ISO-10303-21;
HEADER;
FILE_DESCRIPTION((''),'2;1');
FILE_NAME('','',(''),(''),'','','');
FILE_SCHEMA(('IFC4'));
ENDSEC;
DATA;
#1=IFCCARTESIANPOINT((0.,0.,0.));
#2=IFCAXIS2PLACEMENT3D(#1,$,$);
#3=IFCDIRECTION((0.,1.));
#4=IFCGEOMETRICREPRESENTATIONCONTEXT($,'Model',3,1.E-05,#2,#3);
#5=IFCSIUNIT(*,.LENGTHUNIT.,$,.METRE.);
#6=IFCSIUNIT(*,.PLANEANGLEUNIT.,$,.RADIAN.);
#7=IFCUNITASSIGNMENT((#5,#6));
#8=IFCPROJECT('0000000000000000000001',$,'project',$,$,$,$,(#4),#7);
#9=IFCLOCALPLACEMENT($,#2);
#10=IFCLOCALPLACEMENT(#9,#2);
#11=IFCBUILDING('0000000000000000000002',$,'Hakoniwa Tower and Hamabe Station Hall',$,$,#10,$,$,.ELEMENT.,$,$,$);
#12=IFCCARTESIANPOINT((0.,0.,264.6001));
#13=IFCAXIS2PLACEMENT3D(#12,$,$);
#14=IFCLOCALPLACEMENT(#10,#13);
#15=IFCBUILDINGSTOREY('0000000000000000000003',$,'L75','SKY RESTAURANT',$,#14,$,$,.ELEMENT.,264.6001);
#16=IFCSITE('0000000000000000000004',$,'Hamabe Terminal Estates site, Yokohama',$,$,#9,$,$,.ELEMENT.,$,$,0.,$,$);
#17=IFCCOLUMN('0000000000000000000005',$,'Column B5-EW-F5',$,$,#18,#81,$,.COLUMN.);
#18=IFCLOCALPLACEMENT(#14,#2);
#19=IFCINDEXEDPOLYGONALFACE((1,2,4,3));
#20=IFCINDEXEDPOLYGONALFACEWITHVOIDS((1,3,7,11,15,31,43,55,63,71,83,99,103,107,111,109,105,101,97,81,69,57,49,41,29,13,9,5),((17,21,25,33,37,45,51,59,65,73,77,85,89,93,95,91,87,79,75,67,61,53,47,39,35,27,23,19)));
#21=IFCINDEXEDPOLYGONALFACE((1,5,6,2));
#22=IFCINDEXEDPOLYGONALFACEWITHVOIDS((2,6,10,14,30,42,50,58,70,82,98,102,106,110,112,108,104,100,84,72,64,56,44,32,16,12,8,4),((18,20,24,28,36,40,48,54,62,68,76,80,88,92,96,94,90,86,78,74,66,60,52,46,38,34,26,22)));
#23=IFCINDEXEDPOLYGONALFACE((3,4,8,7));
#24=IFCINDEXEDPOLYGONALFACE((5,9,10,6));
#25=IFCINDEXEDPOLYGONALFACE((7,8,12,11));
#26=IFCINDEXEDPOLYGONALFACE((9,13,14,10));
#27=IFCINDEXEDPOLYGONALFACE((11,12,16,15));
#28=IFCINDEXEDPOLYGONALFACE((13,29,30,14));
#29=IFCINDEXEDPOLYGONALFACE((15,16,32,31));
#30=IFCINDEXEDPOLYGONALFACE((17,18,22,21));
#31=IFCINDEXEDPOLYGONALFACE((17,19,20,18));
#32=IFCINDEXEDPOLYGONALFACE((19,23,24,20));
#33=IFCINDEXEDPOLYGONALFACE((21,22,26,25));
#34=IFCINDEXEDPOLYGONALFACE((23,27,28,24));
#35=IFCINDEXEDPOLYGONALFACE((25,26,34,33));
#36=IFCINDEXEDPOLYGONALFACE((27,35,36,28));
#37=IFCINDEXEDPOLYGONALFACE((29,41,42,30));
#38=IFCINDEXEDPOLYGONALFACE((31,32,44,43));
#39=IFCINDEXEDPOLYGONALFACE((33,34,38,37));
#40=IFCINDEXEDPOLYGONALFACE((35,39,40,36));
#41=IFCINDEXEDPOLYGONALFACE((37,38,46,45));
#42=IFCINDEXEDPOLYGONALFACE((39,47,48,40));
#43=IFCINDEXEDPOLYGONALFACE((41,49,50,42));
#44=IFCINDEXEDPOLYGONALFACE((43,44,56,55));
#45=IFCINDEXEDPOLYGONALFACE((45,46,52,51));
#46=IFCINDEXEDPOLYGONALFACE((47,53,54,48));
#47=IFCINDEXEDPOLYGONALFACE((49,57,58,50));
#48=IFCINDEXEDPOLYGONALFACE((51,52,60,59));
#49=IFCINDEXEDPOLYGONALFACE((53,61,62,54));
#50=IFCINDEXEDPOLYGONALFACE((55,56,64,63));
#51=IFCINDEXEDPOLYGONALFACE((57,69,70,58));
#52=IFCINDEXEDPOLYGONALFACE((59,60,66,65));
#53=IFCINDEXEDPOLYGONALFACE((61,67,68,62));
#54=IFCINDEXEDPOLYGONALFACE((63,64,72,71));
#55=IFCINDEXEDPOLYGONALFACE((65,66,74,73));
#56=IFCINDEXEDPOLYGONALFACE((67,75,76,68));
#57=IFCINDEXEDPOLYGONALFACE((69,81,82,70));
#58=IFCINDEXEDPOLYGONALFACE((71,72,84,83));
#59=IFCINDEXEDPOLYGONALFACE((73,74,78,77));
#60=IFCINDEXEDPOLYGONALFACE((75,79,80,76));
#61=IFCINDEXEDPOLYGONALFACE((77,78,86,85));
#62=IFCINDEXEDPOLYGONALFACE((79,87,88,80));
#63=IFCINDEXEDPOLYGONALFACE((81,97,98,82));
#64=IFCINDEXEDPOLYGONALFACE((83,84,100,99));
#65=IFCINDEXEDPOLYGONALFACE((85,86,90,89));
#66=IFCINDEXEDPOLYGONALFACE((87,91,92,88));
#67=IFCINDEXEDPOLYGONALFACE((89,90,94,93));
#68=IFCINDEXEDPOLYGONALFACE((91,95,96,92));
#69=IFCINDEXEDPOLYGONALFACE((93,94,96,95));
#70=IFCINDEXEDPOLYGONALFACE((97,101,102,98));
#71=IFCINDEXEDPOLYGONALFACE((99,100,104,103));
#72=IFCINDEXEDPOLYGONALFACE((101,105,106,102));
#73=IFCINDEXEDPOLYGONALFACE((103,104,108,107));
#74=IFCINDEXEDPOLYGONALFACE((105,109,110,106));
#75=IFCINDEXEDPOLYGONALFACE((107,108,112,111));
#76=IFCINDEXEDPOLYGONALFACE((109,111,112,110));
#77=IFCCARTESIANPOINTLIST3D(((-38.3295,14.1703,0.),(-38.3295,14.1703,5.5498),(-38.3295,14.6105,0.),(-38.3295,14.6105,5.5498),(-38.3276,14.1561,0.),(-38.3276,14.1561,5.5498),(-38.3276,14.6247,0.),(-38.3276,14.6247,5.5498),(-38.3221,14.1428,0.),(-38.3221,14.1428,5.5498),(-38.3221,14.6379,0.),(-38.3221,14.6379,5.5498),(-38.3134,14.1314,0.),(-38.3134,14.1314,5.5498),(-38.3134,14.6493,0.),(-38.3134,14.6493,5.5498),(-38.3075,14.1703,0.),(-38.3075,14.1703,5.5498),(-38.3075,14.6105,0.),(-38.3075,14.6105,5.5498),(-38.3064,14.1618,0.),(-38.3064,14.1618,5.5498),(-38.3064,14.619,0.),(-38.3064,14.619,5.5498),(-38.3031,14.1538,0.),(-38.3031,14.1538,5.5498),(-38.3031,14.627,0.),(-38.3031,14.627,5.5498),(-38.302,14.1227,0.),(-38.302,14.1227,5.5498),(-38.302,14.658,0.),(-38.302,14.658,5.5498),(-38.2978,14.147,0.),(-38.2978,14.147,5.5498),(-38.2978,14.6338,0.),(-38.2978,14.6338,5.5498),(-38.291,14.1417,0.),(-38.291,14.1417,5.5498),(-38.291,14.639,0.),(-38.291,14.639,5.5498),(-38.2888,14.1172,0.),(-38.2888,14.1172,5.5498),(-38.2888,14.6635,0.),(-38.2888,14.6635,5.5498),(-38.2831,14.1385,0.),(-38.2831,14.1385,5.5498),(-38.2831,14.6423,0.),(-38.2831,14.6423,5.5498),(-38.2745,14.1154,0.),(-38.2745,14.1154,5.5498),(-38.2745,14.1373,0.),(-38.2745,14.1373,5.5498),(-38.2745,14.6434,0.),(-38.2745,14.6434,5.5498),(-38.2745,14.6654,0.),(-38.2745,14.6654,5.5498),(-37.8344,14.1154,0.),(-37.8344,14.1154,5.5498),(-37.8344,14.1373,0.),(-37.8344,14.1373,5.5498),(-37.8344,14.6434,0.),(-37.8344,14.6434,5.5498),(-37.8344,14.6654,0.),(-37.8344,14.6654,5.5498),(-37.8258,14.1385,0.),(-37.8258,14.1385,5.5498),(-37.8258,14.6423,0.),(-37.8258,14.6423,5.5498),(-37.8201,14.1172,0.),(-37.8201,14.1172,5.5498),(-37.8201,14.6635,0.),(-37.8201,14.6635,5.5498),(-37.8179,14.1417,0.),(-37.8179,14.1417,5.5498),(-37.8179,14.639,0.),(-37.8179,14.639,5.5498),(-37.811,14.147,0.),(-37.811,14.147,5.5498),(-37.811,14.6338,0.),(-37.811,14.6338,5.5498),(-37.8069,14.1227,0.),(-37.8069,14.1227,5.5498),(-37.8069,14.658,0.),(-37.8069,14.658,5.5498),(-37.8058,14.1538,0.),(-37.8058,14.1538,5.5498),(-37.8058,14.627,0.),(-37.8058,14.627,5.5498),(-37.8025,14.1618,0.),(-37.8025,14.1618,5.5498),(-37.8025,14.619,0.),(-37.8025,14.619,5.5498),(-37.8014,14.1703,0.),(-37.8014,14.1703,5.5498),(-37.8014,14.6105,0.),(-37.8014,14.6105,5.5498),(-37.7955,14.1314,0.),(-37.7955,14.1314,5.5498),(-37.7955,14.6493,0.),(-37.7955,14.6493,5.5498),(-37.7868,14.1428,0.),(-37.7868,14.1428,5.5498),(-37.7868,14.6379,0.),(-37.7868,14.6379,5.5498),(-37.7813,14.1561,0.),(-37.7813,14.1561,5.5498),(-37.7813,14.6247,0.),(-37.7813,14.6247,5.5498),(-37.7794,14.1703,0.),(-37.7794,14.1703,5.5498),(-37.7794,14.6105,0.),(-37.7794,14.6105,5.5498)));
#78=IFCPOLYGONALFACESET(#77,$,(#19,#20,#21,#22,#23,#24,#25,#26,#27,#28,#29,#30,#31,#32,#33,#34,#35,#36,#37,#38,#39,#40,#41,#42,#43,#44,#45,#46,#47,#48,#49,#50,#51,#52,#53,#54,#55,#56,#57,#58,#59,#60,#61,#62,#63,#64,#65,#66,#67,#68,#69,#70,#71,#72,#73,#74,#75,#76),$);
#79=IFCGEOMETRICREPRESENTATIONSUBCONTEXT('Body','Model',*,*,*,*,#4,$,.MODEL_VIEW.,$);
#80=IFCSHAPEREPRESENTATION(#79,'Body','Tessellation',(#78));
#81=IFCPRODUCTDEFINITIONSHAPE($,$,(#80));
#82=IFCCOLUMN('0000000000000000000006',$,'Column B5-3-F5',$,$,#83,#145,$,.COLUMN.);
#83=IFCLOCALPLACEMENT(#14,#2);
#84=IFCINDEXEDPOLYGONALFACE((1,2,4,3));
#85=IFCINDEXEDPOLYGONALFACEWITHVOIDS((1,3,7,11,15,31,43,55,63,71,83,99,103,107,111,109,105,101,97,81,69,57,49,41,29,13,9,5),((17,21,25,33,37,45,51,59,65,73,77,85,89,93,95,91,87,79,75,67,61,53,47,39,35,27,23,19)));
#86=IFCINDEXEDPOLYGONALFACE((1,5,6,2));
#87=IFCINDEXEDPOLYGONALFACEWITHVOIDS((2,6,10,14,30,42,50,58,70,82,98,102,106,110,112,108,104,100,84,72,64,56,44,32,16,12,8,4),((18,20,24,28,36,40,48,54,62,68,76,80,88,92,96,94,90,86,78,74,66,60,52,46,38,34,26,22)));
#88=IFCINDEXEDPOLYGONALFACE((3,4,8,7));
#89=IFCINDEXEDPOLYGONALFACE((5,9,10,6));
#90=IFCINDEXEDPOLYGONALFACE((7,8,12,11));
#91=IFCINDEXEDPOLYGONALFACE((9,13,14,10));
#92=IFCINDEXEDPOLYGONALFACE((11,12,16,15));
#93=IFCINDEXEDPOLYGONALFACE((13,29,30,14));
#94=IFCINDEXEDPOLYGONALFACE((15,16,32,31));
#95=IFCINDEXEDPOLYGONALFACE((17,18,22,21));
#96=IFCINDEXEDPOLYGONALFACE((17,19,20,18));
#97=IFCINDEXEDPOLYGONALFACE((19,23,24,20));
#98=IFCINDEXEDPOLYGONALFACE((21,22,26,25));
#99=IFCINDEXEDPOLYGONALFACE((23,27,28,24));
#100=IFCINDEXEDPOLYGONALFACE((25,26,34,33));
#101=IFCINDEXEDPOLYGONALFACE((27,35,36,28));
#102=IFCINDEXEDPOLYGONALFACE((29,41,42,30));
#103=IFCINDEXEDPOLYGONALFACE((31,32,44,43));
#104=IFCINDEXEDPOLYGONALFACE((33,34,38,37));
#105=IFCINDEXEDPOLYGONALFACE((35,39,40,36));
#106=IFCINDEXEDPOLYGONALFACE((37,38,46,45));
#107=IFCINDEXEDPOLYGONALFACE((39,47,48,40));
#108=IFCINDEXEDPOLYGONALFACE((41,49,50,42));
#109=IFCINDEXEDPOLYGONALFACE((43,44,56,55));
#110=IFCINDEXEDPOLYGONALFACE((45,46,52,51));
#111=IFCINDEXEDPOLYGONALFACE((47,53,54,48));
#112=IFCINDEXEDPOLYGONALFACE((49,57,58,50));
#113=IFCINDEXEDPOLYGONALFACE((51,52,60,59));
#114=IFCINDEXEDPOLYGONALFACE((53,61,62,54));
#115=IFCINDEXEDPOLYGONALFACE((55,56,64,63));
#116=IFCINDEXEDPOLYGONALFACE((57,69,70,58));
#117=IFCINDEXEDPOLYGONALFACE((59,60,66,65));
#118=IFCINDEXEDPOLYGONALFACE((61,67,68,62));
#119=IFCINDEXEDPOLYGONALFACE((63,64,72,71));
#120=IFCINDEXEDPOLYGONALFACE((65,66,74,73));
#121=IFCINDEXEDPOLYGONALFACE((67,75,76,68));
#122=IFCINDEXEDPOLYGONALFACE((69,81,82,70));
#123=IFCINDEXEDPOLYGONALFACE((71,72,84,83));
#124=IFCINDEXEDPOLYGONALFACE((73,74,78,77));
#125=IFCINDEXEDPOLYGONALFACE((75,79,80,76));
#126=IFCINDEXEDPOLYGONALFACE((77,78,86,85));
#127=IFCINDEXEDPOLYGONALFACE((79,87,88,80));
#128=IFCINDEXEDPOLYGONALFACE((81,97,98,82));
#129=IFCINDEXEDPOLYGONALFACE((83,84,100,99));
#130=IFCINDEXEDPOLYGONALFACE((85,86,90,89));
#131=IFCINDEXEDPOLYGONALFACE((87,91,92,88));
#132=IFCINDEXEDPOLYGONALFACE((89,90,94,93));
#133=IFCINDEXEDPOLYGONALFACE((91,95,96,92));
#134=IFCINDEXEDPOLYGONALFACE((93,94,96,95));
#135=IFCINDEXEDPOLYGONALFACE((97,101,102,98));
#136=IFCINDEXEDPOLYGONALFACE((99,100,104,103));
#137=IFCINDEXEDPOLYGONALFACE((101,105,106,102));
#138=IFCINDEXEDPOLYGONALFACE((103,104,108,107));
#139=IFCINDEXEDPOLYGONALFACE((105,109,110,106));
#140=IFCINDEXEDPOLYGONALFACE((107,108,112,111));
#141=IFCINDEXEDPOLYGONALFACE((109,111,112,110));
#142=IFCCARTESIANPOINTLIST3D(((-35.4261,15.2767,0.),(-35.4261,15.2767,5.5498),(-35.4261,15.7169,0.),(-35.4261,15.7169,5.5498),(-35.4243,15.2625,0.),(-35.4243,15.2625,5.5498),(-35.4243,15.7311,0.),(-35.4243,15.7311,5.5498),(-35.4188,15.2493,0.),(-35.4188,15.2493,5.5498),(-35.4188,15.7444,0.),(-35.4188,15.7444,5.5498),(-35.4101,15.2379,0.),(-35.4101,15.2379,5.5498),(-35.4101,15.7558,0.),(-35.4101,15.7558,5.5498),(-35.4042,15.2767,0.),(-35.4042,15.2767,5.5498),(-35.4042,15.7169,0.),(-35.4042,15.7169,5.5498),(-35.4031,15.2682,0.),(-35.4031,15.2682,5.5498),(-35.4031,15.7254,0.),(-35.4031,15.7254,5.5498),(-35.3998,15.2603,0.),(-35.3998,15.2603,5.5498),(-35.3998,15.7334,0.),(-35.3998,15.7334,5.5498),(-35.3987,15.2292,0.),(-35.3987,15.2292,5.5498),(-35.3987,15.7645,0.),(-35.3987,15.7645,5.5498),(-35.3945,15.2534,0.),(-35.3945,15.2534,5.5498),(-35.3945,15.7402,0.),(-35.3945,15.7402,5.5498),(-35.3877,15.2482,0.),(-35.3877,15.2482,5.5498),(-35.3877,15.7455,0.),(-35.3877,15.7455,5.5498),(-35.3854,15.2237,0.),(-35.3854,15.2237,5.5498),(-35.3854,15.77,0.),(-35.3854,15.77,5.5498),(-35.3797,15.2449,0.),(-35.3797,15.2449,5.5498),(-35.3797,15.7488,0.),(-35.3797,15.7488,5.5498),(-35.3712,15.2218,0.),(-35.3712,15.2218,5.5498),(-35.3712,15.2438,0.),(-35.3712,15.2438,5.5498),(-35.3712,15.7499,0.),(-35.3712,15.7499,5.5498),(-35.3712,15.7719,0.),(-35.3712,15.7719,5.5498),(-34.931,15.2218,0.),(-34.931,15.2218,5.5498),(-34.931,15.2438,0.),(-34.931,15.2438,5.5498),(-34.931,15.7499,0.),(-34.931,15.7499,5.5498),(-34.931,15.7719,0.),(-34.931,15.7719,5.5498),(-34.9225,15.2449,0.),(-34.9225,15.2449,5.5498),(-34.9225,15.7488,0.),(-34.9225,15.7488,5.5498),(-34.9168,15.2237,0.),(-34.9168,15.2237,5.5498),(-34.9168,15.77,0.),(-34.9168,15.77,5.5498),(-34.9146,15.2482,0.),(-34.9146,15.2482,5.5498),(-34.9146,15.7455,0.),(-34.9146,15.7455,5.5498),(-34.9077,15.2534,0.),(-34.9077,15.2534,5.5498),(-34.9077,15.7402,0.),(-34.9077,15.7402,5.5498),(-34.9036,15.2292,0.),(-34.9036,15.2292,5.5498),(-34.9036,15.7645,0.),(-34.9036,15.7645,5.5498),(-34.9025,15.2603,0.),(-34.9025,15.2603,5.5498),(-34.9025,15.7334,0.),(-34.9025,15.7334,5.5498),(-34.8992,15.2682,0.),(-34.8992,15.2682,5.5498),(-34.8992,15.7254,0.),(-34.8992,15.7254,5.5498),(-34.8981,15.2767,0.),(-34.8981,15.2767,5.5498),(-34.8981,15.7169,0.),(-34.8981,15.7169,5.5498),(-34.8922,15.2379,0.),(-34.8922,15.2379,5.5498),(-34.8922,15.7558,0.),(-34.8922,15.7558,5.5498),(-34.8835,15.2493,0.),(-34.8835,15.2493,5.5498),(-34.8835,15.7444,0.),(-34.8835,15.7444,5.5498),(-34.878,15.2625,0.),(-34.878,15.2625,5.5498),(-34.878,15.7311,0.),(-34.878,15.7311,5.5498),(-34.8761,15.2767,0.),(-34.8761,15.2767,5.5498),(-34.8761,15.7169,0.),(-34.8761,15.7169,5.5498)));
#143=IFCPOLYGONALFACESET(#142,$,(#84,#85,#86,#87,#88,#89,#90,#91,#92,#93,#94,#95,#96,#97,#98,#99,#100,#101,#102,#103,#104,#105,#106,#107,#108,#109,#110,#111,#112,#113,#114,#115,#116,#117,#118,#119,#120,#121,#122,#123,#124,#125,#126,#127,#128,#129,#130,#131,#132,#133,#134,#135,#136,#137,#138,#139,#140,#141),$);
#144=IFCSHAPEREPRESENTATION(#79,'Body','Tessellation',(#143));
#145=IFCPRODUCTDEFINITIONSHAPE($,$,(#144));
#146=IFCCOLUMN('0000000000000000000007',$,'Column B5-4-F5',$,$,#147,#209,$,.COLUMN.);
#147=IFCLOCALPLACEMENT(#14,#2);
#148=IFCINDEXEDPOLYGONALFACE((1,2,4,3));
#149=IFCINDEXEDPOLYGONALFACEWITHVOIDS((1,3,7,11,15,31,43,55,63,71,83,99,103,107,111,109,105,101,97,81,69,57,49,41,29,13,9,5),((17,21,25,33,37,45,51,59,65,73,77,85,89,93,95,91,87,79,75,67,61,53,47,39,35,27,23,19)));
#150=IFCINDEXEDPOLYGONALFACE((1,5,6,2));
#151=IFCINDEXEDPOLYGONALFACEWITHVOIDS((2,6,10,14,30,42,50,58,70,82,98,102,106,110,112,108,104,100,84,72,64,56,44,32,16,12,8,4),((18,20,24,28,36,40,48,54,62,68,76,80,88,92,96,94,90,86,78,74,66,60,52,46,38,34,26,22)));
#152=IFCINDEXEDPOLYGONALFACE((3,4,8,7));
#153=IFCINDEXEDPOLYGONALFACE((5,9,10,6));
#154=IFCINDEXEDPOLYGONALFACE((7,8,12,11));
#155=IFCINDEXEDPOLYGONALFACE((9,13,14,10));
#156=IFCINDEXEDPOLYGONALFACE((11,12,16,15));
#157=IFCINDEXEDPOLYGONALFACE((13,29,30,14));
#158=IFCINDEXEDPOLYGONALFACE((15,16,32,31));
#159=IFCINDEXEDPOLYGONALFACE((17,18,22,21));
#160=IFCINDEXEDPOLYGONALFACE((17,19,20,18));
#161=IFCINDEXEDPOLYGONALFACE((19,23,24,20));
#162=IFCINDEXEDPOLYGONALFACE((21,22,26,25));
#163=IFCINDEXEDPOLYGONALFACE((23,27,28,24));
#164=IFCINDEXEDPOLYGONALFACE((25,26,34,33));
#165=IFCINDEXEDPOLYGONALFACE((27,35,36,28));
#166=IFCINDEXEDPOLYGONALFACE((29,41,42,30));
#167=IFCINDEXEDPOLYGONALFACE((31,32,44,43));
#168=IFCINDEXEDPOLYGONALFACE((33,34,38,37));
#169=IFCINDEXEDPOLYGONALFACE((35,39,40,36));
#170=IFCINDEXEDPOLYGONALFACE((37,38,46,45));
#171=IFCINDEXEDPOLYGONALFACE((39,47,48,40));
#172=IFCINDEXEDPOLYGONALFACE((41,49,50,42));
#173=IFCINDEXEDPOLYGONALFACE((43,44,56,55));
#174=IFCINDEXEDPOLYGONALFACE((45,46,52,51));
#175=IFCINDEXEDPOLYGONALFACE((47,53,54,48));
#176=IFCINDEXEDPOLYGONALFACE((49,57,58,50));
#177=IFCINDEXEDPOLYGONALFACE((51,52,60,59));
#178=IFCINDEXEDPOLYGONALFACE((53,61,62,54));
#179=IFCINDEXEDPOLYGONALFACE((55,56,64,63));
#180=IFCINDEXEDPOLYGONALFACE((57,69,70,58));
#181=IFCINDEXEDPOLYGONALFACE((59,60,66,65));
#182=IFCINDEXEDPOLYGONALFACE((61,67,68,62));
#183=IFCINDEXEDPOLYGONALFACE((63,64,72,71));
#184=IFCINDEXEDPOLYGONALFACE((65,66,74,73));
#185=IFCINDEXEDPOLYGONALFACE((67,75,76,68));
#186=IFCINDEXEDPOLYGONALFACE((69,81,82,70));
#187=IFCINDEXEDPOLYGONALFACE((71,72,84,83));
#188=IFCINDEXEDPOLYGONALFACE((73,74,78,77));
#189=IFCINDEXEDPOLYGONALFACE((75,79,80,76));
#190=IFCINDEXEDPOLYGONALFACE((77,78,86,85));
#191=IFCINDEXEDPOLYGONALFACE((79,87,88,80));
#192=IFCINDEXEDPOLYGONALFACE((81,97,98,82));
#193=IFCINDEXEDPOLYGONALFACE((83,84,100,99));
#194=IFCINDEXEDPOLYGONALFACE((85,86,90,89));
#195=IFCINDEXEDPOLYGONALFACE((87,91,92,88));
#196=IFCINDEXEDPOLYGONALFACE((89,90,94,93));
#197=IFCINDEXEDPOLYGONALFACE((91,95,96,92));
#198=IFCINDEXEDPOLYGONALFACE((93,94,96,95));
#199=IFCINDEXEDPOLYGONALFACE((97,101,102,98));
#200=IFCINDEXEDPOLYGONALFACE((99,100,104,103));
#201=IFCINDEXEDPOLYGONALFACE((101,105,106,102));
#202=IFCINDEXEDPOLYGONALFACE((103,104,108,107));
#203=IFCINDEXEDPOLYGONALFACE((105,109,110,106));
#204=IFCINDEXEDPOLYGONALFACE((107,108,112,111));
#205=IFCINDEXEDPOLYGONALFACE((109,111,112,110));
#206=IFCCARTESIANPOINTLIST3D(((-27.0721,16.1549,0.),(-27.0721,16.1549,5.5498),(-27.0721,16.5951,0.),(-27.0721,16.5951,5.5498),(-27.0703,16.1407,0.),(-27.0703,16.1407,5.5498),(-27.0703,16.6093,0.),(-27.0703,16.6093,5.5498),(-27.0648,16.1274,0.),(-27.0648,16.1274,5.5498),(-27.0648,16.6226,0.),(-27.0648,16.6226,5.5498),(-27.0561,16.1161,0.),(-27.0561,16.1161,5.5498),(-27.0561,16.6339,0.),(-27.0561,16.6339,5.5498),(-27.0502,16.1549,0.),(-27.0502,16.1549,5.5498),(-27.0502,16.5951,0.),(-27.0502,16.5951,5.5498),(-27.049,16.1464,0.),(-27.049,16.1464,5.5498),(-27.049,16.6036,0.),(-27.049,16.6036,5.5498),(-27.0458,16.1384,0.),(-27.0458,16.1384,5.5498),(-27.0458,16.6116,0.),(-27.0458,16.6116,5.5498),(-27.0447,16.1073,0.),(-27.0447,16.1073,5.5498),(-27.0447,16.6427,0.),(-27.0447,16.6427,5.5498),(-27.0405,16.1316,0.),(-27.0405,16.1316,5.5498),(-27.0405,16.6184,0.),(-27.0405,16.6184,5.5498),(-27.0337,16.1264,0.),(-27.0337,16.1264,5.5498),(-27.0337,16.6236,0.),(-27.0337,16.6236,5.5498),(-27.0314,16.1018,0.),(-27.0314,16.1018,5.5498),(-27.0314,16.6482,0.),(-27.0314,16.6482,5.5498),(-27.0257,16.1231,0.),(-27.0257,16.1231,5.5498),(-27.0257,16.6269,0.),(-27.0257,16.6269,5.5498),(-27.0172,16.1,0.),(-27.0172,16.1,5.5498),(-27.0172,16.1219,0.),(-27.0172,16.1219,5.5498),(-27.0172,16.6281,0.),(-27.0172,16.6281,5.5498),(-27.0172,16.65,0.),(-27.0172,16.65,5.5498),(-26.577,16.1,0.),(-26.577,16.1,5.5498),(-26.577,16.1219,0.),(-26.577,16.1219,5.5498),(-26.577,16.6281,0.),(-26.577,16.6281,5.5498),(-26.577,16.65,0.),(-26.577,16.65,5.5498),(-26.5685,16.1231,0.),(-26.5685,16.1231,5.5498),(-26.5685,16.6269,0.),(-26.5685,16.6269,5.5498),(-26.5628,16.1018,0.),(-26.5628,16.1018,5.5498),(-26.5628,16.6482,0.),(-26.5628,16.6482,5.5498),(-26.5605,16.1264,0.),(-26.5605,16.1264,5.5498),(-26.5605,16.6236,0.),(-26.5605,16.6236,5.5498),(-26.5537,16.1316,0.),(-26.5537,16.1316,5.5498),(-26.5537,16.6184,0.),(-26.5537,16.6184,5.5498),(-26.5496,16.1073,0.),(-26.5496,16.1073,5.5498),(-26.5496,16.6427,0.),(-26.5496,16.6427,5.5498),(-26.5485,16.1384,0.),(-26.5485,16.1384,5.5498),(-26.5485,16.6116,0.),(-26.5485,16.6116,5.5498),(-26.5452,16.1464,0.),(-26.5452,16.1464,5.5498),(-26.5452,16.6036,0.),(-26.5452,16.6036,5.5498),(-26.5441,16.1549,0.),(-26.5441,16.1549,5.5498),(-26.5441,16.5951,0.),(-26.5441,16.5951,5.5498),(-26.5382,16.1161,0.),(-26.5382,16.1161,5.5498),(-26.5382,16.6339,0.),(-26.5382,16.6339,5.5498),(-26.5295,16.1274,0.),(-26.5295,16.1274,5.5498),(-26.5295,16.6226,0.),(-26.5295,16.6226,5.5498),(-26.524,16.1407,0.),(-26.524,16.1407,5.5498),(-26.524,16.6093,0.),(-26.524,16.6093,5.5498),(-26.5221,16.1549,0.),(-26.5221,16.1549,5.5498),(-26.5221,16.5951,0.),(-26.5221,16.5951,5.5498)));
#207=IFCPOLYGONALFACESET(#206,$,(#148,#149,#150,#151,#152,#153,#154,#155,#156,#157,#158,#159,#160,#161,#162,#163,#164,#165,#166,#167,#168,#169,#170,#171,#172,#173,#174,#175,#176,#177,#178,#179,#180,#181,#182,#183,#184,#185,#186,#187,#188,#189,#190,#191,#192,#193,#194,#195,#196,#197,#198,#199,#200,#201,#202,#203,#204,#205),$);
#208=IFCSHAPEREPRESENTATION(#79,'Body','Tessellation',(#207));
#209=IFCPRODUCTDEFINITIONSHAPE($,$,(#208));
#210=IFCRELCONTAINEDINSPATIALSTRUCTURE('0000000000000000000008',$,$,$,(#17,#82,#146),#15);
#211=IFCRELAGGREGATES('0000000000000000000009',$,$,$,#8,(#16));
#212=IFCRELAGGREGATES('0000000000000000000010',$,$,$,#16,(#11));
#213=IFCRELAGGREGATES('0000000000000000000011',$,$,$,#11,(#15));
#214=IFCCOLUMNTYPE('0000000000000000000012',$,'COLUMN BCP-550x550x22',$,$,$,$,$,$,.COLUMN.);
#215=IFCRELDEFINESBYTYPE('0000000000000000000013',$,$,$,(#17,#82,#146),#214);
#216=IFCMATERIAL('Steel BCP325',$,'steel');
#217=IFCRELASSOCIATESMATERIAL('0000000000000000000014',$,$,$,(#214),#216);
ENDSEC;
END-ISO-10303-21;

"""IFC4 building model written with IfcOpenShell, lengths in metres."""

from ifc_helpers import new_model, si_unit, direction, frame, origin, origin_2d, place, context, subcontext, project, spatial, hollow_rectangle, extrude, material, material_profile, profile_set, type_object, element, save


model = new_model("IFC4")

# Units and contexts
model_context = context("Model", 3, precision=1e-05, world=origin(), true_north=direction((0.0, 1.0)))
body_context = subcontext(model_context, "Body", "Model", "MODEL_VIEW")
ifc_project = project(units=[si_unit("LENGTHUNIT", "METRE"), si_unit("PLANEANGLEUNIT", "RADIAN")], contexts=[model_context])

# Site, building, storey
site_placement = place(None, origin())
site = spatial("IfcSite", under=ifc_project, at=site_placement, Name="Hamabe Terminal Estates site, Yokohama", CompositionType="ELEMENT", RefElevation=0.0)
building_placement = place(site_placement, origin())
building = spatial("IfcBuilding", under=site, at=building_placement, Name="Hakoniwa Tower and Hamabe Station Hall", CompositionType="ELEMENT")
storey_placement = place(building_placement, frame((0.0, 0.0, 264.6001)))
storey = spatial("IfcBuildingStorey", under=building, at=storey_placement, Name="L75", Description="SKY RESTAURANT", CompositionType="ELEMENT", Elevation=264.6001)

# Columns
ifc_material_1 = material(Name="Steel BCP325", Category="steel")
ifc_material_profile_1 = material_profile(ifc_material_1, hollow_rectangle(XDim=0.55, YDim=0.55, WallThickness=0.022, InnerFilletRadius=0.033, OuterFilletRadius=0.0549, at=origin_2d()), Name="BCP-550x550x22")
ifc_profile_set_1 = profile_set([ifc_material_profile_1], Name="Steel BCP325")
column_type = type_object("IfcColumnType", Name="COLUMN BCP-550x550x22", PredefinedType="COLUMN", material=ifc_profile_set_1)
for number, where, z_axis, x_axis, name in (
    (1, (-38.0544, 14.3904, 0.0), (0.0, 0.0, 1.0), (1.0, 0.0, 0.0), "Column B5-EW-F5"),
    (2, (-35.1511, 15.4968, 0.0), (0.0, 0.0, 1.0), (1.0, 0.0, 0.0), "Column B5-3-F5"),
    (3, (-26.7971, 16.375, 0.0), (0.0, 0.0, 1.0), (1.0, 0.0, 0.0), "Column B5-4-F5"),
):
    element("IfcColumn", number, at=place(storey_placement, frame(where, z_axis=z_axis, x_axis=x_axis)), inside=storey, type_object=column_type, Name=name, PredefinedType="COLUMN", context=body_context, shape_type="SweptSolid", body=[
        extrude(hollow_rectangle(XDim=0.55, YDim=0.55, WallThickness=0.022, InnerFilletRadius=0.033, OuterFilletRadius=0.0549, at=origin_2d()), origin(), (0.0, 0.0, 1.0), 5.5498),
    ])

save(model, "model.ifc")
